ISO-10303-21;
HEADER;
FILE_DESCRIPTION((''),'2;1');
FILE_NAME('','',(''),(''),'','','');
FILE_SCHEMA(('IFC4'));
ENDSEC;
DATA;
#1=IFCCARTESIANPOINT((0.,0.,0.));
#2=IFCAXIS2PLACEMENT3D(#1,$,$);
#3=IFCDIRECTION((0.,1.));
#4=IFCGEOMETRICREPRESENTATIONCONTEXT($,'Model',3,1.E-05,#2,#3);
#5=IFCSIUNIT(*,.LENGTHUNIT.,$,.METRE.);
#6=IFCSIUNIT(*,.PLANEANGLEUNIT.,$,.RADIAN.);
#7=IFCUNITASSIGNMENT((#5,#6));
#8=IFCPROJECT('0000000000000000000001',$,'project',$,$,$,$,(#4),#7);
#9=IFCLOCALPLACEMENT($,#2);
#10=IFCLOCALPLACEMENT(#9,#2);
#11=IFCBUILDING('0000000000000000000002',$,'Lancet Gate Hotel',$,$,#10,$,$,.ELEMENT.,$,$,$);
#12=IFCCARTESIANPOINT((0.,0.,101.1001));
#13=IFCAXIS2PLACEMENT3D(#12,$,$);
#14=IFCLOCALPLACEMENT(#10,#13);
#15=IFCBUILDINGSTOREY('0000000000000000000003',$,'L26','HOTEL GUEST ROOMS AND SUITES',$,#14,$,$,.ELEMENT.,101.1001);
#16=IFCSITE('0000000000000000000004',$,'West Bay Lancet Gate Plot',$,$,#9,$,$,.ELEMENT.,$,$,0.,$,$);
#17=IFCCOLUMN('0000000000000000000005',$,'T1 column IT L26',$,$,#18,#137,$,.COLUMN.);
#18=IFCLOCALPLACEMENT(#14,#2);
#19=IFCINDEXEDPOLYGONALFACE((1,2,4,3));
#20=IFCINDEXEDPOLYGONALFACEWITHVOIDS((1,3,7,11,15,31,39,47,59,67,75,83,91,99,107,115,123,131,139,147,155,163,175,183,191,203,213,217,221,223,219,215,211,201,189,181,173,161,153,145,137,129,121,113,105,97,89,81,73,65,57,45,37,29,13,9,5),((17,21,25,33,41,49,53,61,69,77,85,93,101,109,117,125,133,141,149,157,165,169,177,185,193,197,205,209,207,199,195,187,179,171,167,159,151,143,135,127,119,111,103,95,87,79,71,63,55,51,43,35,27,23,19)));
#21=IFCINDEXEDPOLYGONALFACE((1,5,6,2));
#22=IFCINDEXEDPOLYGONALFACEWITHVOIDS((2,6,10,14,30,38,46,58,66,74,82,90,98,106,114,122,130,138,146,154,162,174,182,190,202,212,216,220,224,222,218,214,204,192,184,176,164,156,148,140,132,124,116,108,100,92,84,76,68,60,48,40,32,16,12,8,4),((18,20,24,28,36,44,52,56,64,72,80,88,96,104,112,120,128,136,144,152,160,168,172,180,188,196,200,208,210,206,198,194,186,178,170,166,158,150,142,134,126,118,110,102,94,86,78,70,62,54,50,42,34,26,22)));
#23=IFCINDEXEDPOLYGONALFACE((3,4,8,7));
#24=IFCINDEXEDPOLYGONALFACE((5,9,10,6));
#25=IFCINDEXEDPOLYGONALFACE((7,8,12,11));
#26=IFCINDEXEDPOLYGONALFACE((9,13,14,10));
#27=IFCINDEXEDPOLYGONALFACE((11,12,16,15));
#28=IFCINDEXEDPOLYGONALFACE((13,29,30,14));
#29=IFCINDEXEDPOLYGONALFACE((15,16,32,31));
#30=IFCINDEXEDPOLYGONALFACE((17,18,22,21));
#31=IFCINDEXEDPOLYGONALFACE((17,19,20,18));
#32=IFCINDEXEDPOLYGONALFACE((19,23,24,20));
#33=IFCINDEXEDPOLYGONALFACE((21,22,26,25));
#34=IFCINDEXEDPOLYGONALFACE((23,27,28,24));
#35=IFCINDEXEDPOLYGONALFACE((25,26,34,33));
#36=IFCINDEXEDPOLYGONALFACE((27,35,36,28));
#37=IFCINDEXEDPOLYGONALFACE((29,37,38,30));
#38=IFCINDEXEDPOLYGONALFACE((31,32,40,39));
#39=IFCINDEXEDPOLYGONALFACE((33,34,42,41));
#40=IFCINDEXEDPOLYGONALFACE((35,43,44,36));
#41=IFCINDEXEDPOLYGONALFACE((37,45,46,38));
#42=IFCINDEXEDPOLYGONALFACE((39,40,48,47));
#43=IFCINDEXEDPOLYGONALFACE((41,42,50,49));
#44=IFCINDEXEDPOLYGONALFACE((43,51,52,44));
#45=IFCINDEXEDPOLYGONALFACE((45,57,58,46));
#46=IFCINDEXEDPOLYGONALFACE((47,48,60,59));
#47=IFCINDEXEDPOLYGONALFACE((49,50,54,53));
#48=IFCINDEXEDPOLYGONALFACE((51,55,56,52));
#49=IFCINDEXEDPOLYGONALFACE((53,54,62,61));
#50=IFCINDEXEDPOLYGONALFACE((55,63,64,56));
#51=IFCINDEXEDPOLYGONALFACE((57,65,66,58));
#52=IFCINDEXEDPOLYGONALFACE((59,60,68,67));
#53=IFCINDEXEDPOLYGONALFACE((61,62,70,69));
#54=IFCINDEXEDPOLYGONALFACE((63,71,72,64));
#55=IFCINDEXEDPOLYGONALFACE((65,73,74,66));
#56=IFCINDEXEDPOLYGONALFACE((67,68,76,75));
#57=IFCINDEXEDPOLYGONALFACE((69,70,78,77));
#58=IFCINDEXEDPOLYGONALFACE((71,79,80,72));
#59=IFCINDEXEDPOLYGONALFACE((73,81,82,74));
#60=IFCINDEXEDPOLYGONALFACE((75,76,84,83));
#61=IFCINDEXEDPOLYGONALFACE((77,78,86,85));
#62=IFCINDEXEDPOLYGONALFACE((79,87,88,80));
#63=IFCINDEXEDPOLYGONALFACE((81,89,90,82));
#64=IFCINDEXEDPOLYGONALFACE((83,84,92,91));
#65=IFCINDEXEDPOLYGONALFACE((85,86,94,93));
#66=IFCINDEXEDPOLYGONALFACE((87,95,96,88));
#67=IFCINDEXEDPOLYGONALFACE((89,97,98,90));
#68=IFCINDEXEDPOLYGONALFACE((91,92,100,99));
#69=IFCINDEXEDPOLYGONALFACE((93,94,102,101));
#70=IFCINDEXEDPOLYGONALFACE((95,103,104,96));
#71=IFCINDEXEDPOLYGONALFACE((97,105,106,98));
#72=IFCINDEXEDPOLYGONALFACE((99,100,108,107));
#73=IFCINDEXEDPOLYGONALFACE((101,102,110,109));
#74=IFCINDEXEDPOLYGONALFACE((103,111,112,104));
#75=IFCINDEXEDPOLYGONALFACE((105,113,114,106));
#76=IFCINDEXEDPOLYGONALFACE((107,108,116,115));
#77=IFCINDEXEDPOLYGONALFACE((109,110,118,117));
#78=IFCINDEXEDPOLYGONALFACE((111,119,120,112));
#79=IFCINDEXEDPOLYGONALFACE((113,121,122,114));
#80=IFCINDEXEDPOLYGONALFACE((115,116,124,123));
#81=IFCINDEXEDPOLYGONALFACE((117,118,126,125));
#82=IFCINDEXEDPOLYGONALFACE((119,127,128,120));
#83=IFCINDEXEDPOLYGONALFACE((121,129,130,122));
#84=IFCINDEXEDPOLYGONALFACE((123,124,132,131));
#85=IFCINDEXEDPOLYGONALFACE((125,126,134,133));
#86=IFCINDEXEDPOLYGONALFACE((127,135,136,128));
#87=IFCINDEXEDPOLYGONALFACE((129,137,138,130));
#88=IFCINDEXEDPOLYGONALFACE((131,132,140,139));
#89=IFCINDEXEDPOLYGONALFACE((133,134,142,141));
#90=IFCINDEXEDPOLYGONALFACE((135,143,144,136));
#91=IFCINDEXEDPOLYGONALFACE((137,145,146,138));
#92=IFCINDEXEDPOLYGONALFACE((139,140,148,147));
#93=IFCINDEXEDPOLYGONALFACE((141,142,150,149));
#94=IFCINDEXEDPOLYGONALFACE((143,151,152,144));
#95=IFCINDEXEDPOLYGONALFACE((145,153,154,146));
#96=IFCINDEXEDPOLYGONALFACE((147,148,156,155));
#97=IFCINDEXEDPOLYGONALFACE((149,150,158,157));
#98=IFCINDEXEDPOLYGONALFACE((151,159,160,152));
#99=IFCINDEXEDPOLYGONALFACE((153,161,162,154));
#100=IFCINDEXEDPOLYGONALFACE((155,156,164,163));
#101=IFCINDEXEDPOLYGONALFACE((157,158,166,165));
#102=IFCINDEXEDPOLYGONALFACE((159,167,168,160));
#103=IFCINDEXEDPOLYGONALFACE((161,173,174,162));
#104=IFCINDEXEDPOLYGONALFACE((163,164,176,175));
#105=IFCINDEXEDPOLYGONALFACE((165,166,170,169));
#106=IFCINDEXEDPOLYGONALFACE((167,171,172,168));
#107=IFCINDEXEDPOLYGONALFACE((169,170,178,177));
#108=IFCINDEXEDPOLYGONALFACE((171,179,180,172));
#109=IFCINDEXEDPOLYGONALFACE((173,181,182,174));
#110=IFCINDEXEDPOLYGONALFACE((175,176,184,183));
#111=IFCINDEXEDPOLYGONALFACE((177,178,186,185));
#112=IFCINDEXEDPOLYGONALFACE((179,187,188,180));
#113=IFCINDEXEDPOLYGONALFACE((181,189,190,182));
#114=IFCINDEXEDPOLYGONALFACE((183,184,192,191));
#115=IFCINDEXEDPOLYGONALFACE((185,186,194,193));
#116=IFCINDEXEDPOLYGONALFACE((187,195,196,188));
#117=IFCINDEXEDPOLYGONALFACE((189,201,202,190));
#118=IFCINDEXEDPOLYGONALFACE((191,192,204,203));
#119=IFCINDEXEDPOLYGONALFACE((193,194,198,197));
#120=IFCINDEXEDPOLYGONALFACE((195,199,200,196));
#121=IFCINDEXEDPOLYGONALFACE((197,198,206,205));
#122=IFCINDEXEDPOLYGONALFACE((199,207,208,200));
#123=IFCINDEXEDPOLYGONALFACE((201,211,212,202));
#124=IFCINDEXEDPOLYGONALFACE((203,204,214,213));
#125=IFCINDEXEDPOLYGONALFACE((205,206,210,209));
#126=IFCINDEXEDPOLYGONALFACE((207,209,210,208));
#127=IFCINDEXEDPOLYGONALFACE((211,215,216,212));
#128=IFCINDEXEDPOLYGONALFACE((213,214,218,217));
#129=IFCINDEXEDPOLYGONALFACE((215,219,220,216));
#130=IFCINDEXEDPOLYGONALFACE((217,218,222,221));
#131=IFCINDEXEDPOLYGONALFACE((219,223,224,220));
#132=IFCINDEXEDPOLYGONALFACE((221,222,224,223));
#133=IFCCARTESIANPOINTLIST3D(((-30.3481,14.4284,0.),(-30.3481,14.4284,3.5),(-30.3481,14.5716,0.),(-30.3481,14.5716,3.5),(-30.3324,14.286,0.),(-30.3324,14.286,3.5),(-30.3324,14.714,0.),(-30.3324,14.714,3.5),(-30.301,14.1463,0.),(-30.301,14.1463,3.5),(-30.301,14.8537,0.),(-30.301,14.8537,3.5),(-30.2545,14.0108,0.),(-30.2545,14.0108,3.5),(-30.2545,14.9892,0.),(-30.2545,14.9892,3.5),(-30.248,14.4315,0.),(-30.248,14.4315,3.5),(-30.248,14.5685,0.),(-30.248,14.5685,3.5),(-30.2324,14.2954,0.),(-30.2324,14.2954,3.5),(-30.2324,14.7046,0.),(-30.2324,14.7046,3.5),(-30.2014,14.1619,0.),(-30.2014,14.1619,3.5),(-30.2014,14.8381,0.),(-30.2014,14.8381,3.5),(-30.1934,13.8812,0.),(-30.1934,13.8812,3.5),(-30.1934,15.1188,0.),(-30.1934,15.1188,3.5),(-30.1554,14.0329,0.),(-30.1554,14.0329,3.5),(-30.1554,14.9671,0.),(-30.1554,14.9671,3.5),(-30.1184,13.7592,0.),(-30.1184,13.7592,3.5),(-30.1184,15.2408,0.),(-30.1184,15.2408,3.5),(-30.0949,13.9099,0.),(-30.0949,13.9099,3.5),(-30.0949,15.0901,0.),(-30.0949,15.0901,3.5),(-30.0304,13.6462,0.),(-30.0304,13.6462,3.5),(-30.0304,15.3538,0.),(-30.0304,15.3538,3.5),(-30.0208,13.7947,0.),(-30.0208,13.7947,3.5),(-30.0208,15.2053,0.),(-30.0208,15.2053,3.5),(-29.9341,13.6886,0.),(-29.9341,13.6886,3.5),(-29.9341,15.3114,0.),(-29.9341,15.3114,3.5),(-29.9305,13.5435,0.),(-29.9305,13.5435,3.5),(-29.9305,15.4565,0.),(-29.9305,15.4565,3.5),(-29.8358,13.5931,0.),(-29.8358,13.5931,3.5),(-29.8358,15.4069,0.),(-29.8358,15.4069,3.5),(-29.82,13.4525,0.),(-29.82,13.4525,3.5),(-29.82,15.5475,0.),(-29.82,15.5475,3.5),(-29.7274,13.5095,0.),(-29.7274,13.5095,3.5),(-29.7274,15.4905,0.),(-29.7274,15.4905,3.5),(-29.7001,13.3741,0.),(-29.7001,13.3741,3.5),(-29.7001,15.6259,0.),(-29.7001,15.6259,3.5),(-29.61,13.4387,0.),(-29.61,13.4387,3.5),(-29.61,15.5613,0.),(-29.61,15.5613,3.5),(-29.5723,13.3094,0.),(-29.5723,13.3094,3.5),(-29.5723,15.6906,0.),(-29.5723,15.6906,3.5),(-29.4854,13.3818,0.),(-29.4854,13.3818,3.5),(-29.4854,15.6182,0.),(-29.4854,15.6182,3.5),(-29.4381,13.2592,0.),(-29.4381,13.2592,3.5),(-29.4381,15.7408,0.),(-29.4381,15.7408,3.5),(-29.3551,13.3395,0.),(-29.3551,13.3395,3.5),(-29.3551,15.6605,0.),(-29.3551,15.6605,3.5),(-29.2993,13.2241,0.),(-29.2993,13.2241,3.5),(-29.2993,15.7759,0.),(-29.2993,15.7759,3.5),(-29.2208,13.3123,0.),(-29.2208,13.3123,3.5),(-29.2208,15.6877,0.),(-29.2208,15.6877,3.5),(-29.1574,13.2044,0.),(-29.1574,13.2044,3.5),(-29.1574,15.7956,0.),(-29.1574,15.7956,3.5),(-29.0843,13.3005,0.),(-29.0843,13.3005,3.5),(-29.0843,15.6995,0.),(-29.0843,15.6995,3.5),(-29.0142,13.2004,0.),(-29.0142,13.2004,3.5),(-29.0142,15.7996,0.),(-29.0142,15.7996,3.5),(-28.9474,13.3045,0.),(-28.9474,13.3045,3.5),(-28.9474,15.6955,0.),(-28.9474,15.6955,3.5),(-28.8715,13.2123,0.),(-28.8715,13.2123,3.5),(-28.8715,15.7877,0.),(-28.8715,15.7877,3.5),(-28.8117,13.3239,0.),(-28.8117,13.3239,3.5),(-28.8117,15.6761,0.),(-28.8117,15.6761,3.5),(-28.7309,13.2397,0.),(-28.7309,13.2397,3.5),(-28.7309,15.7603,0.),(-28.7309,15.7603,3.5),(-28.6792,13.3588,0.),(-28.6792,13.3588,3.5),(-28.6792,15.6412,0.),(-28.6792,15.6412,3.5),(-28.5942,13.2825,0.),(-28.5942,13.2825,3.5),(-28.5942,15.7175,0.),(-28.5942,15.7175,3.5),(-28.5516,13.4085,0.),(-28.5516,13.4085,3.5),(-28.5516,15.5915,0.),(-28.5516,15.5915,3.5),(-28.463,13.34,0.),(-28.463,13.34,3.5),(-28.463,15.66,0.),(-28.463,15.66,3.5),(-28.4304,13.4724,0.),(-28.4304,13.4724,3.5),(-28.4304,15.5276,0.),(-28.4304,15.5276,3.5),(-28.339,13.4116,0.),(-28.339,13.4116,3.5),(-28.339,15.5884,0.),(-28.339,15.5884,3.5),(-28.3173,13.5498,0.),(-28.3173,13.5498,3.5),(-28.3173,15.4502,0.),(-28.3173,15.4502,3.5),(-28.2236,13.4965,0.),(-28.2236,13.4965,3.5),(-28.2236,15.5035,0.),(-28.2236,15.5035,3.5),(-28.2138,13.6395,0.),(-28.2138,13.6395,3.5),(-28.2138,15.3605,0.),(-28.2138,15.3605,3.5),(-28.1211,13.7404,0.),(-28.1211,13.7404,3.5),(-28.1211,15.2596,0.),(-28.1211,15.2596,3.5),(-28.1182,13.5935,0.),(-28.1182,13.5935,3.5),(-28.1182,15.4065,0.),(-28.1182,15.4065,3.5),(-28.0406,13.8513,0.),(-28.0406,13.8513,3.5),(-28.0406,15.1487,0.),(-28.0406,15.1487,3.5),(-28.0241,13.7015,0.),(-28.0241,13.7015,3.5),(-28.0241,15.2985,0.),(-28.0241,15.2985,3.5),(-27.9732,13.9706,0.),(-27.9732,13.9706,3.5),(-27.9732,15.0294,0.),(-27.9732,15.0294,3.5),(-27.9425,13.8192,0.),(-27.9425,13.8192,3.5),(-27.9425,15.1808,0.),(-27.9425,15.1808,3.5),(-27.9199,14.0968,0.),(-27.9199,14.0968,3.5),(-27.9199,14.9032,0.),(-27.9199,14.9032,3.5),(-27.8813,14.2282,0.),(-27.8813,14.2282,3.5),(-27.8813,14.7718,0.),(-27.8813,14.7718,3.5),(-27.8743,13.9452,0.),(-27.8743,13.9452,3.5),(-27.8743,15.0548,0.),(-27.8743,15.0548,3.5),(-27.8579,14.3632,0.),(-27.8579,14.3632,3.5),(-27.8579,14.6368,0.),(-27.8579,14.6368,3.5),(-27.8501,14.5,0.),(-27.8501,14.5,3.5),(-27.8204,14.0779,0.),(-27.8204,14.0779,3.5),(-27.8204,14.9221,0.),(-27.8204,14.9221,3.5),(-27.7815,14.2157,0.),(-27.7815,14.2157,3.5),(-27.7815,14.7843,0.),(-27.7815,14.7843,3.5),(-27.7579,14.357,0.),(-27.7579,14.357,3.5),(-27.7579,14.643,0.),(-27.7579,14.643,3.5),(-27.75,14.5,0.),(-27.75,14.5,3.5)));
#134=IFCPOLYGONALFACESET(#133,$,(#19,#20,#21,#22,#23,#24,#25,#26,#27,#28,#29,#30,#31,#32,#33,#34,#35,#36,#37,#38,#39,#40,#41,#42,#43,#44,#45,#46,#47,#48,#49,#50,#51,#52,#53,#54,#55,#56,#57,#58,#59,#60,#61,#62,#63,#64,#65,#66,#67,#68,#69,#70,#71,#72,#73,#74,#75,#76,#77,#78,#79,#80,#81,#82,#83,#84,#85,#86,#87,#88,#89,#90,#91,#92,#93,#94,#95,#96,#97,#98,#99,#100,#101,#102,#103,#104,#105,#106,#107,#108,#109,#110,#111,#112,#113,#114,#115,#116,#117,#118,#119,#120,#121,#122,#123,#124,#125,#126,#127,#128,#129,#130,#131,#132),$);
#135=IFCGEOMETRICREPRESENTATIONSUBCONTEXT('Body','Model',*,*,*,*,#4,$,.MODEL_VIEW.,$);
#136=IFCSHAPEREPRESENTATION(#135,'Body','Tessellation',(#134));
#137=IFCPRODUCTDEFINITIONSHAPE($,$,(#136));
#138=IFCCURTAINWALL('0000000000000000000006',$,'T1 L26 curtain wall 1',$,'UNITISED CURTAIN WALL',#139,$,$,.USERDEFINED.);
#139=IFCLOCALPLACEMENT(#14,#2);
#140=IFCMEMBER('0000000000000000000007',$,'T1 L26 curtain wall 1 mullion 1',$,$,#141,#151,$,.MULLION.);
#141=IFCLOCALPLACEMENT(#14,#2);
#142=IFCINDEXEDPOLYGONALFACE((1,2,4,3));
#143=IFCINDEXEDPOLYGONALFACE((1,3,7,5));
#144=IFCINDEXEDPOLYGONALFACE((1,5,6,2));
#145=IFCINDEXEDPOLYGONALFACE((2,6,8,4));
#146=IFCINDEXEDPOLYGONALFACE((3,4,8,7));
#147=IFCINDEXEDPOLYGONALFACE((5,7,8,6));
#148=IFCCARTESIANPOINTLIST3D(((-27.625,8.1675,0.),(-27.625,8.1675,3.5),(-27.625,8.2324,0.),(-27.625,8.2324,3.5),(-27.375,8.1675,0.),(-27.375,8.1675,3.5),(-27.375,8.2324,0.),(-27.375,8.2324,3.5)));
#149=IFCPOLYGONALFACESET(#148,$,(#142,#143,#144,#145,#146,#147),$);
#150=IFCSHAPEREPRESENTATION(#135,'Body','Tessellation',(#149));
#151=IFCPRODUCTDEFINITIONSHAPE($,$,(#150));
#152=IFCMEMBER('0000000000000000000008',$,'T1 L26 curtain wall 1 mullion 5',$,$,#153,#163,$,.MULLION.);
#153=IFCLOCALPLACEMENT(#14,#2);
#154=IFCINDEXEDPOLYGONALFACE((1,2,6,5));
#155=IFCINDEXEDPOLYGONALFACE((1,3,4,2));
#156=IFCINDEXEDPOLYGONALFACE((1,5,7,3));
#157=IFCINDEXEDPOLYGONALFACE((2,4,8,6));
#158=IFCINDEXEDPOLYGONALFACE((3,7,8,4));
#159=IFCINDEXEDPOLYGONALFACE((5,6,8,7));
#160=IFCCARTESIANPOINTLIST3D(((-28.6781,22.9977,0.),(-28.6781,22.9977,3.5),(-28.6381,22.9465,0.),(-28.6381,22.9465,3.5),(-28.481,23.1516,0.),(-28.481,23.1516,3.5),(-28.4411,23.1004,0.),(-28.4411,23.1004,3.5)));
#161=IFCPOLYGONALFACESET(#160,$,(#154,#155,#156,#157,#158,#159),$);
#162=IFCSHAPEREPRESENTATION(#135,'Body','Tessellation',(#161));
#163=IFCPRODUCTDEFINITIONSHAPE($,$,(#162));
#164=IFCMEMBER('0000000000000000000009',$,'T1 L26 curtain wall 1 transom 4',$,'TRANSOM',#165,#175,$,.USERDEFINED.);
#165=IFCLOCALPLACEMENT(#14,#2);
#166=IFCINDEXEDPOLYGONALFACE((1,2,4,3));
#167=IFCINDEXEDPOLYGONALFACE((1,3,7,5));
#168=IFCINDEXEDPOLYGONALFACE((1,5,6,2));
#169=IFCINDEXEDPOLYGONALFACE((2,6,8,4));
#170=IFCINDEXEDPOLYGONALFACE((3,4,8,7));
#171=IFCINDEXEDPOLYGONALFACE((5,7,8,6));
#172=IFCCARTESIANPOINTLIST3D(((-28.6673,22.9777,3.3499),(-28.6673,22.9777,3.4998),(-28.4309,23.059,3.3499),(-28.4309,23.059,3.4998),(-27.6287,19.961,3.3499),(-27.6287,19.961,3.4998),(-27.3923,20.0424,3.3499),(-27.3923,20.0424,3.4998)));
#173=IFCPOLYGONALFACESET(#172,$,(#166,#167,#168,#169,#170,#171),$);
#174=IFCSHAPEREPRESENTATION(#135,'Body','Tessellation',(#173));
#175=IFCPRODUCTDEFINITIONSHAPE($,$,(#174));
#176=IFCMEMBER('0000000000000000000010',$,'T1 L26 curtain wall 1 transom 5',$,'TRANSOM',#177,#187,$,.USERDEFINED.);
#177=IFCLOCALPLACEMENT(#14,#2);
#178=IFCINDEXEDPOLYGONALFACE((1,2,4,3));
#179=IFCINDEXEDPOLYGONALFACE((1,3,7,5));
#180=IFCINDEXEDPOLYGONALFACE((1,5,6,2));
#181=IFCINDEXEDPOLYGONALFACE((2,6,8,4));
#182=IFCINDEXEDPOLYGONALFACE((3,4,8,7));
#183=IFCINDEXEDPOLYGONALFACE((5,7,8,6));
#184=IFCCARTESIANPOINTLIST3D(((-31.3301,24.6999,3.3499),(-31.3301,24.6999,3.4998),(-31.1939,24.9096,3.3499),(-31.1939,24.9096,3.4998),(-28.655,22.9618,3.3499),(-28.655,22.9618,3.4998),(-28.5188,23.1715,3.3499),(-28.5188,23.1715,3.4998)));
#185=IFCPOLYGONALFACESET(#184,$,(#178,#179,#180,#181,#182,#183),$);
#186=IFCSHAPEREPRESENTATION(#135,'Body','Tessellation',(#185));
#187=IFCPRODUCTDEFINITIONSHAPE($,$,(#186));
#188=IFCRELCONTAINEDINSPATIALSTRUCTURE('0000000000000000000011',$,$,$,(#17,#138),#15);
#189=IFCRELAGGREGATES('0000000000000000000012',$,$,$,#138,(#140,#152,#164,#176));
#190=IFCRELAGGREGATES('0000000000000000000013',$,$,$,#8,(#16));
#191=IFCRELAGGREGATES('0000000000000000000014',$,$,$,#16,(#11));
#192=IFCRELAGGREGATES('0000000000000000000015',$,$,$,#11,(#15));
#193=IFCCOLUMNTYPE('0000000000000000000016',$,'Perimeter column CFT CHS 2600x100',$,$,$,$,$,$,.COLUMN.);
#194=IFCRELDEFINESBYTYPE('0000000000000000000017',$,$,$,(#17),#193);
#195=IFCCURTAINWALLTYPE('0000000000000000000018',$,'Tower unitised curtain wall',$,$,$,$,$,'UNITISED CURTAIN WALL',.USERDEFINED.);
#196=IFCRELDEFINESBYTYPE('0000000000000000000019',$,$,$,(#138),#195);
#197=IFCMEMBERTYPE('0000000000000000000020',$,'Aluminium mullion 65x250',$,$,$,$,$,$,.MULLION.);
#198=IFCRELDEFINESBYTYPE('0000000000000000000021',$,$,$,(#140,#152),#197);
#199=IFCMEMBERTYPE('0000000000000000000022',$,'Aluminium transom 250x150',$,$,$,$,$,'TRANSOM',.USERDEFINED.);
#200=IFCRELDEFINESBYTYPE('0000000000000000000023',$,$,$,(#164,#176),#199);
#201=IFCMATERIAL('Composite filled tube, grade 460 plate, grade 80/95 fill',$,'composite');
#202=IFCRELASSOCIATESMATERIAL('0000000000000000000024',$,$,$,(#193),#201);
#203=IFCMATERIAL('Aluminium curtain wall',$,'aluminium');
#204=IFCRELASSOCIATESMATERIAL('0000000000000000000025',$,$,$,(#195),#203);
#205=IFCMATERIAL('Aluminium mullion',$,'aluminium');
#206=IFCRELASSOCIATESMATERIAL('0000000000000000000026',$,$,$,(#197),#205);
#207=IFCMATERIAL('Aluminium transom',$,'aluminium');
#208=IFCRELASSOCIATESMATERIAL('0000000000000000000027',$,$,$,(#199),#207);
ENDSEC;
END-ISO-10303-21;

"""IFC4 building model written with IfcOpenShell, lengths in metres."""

from ifc_helpers import new_model, si_unit, direction, frame, origin, origin_2d, place, context, subcontext, project, spatial, rectangle, hollow_circle, extrude, material, material_profile, profile_set, type_object, element, aggregate, save


model = new_model("IFC4")

# Units and contexts
model_context = context("Model", 3, precision=1e-05, world=origin(), true_north=direction((0.0, 1.0)))
body_context = subcontext(model_context, "Body", "Model", "MODEL_VIEW")
ifc_project = project(units=[si_unit("LENGTHUNIT", "METRE"), si_unit("PLANEANGLEUNIT", "RADIAN")], contexts=[model_context])

# Site, building, storey
site_placement = place(None, origin())
site = spatial("IfcSite", under=ifc_project, at=site_placement, Name="West Bay Lancet Gate Plot", CompositionType="ELEMENT", RefElevation=0.0)
building_placement = place(site_placement, origin())
building = spatial("IfcBuilding", under=site, at=building_placement, Name="Lancet Gate Hotel", CompositionType="ELEMENT")
storey_placement = place(building_placement, frame((0.0, 0.0, 101.1001)))
storey = spatial("IfcBuildingStorey", under=building, at=storey_placement, Name="L26", Description="HOTEL GUEST ROOMS AND SUITES", CompositionType="ELEMENT", Elevation=101.1001)

# Column
ifc_material_1 = material(Name="Composite filled tube, grade 460 plate, grade 80/95 fill", Category="composite")
ifc_material_profile_1 = material_profile(ifc_material_1, hollow_circle(Radius=1.3, WallThickness=0.1001, at=origin_2d()), Name="CHS 2600x100")
ifc_profile_set_1 = profile_set([ifc_material_profile_1], Name="Composite filled tube, grade 460 plate, grade 80/95 fill")
column_type = type_object("IfcColumnType", Name="Perimeter column CFT CHS 2600x100", PredefinedType="COLUMN", material=ifc_profile_set_1)
for number, where, z_axis, x_axis, name in (
    (1, (-29.05, 14.5, 0.0), (0.0, 0.0, 1.0), (1.0, 0.0, 0.0), "T1 column IT L26"),
):
    element("IfcColumn", number, at=place(storey_placement, frame(where, z_axis=z_axis, x_axis=x_axis)), inside=storey, type_object=column_type, Name=name, PredefinedType="COLUMN", context=body_context, shape_type="SweptSolid", body=[
        extrude(hollow_circle(Radius=1.3, WallThickness=0.1001, at=origin_2d()), origin(), (0.0, 0.0, 1.0), 3.5),
    ])

# Curtain wall, members
ifc_material_2 = material(Name="Aluminium curtain wall", Category="aluminium")
curtain_wall_type = type_object("IfcCurtainWallType", Name="Tower unitised curtain wall", ElementType="UNITISED CURTAIN WALL", PredefinedType="USERDEFINED", material=ifc_material_2)
curtain_wall_placement = place(storey_placement, origin())
curtain_wall = element("IfcCurtainWall", 2, at=curtain_wall_placement, inside=storey, type_object=curtain_wall_type, Name="T1 L26 curtain wall 1", ObjectType="UNITISED CURTAIN WALL", PredefinedType="USERDEFINED")
ifc_material_3 = material(Name="Aluminium mullion", Category="aluminium")
ifc_material_profile_2 = material_profile(ifc_material_3, rectangle(XDim=0.0649, YDim=0.25, at=origin_2d()), Name="MULLION 65x250")
ifc_profile_set_2 = profile_set([ifc_material_profile_2], Name="Aluminium mullion")
member_type_1 = type_object("IfcMemberType", Name="Aluminium mullion 65x250", PredefinedType="MULLION", material=ifc_profile_set_2)
member_1_placement = place(storey_placement, frame((-27.5, 8.2, 0.0), z_axis=(0.0, 0.0, 1.0), x_axis=(0.0, 1.0, 0.0)))
member_1 = element("IfcMember", 3, at=member_1_placement, type_object=member_type_1, Name="T1 L26 curtain wall 1 mullion 1", PredefinedType="MULLION", context=body_context, shape_type="SweptSolid", body=[
    extrude(rectangle(XDim=0.0649, YDim=0.25, at=origin_2d()), origin(), (0.0, 0.0, 1.0), 3.5),
])
member_2_placement = place(storey_placement, frame((-28.5596, 23.0491, 0.0), z_axis=(0.0, 0.0, 1.0), x_axis=(-0.615574, 0.788079, 0.0)))
member_2 = element("IfcMember", 4, at=member_2_placement, type_object=member_type_1, Name="T1 L26 curtain wall 1 mullion 5", PredefinedType="MULLION", context=body_context, shape_type="SweptSolid", body=[
    extrude(rectangle(XDim=0.0649, YDim=0.25, at=origin_2d()), origin(), (0.0, 0.0, 1.0), 3.5),
])
ifc_material_4 = material(Name="Aluminium transom", Category="aluminium")
ifc_material_profile_3 = material_profile(ifc_material_4, rectangle(XDim=0.25, YDim=0.1499, at=origin_2d()), Name="TRANSOM 250x150")
ifc_profile_set_3 = profile_set([ifc_material_profile_3], Name="Aluminium transom")
member_type_2 = type_object("IfcMemberType", Name="Aluminium transom 250x150", ElementType="TRANSOM", PredefinedType="USERDEFINED", material=ifc_profile_set_3)
member_3_placement = place(storey_placement, frame((-27.5105, 20.0017, 3.4248), z_axis=(-0.325533, 0.945531, 0.0), x_axis=(-0.945531, -0.325533, 0.0)))
member_3 = element("IfcMember", 5, at=member_3_placement, type_object=member_type_2, Name="T1 L26 curtain wall 1 transom 4", ObjectType="TRANSOM", PredefinedType="USERDEFINED", context=body_context, shape_type="SweptSolid", body=[
    extrude(rectangle(XDim=0.25, YDim=0.1499, at=origin_2d()), origin(), (0.0, 0.0, 1.0), 3.1904),
])
member_4_placement = place(storey_placement, frame((-28.5869, 23.0667, 3.4248), z_axis=(-0.83855, 0.544824, 0.0), x_axis=(-0.544824, -0.83855, 0.0)))
member_4 = element("IfcMember", 6, at=member_4_placement, type_object=member_type_2, Name="T1 L26 curtain wall 1 transom 5", ObjectType="TRANSOM", PredefinedType="USERDEFINED", context=body_context, shape_type="SweptSolid", body=[
    extrude(rectangle(XDim=0.25, YDim=0.1499, at=origin_2d()), origin(), (0.0, 0.0, 1.0), 3.1902),
])

aggregate(curtain_wall, [member_1, member_2, member_3, member_4])

save(model, "model.ifc")
